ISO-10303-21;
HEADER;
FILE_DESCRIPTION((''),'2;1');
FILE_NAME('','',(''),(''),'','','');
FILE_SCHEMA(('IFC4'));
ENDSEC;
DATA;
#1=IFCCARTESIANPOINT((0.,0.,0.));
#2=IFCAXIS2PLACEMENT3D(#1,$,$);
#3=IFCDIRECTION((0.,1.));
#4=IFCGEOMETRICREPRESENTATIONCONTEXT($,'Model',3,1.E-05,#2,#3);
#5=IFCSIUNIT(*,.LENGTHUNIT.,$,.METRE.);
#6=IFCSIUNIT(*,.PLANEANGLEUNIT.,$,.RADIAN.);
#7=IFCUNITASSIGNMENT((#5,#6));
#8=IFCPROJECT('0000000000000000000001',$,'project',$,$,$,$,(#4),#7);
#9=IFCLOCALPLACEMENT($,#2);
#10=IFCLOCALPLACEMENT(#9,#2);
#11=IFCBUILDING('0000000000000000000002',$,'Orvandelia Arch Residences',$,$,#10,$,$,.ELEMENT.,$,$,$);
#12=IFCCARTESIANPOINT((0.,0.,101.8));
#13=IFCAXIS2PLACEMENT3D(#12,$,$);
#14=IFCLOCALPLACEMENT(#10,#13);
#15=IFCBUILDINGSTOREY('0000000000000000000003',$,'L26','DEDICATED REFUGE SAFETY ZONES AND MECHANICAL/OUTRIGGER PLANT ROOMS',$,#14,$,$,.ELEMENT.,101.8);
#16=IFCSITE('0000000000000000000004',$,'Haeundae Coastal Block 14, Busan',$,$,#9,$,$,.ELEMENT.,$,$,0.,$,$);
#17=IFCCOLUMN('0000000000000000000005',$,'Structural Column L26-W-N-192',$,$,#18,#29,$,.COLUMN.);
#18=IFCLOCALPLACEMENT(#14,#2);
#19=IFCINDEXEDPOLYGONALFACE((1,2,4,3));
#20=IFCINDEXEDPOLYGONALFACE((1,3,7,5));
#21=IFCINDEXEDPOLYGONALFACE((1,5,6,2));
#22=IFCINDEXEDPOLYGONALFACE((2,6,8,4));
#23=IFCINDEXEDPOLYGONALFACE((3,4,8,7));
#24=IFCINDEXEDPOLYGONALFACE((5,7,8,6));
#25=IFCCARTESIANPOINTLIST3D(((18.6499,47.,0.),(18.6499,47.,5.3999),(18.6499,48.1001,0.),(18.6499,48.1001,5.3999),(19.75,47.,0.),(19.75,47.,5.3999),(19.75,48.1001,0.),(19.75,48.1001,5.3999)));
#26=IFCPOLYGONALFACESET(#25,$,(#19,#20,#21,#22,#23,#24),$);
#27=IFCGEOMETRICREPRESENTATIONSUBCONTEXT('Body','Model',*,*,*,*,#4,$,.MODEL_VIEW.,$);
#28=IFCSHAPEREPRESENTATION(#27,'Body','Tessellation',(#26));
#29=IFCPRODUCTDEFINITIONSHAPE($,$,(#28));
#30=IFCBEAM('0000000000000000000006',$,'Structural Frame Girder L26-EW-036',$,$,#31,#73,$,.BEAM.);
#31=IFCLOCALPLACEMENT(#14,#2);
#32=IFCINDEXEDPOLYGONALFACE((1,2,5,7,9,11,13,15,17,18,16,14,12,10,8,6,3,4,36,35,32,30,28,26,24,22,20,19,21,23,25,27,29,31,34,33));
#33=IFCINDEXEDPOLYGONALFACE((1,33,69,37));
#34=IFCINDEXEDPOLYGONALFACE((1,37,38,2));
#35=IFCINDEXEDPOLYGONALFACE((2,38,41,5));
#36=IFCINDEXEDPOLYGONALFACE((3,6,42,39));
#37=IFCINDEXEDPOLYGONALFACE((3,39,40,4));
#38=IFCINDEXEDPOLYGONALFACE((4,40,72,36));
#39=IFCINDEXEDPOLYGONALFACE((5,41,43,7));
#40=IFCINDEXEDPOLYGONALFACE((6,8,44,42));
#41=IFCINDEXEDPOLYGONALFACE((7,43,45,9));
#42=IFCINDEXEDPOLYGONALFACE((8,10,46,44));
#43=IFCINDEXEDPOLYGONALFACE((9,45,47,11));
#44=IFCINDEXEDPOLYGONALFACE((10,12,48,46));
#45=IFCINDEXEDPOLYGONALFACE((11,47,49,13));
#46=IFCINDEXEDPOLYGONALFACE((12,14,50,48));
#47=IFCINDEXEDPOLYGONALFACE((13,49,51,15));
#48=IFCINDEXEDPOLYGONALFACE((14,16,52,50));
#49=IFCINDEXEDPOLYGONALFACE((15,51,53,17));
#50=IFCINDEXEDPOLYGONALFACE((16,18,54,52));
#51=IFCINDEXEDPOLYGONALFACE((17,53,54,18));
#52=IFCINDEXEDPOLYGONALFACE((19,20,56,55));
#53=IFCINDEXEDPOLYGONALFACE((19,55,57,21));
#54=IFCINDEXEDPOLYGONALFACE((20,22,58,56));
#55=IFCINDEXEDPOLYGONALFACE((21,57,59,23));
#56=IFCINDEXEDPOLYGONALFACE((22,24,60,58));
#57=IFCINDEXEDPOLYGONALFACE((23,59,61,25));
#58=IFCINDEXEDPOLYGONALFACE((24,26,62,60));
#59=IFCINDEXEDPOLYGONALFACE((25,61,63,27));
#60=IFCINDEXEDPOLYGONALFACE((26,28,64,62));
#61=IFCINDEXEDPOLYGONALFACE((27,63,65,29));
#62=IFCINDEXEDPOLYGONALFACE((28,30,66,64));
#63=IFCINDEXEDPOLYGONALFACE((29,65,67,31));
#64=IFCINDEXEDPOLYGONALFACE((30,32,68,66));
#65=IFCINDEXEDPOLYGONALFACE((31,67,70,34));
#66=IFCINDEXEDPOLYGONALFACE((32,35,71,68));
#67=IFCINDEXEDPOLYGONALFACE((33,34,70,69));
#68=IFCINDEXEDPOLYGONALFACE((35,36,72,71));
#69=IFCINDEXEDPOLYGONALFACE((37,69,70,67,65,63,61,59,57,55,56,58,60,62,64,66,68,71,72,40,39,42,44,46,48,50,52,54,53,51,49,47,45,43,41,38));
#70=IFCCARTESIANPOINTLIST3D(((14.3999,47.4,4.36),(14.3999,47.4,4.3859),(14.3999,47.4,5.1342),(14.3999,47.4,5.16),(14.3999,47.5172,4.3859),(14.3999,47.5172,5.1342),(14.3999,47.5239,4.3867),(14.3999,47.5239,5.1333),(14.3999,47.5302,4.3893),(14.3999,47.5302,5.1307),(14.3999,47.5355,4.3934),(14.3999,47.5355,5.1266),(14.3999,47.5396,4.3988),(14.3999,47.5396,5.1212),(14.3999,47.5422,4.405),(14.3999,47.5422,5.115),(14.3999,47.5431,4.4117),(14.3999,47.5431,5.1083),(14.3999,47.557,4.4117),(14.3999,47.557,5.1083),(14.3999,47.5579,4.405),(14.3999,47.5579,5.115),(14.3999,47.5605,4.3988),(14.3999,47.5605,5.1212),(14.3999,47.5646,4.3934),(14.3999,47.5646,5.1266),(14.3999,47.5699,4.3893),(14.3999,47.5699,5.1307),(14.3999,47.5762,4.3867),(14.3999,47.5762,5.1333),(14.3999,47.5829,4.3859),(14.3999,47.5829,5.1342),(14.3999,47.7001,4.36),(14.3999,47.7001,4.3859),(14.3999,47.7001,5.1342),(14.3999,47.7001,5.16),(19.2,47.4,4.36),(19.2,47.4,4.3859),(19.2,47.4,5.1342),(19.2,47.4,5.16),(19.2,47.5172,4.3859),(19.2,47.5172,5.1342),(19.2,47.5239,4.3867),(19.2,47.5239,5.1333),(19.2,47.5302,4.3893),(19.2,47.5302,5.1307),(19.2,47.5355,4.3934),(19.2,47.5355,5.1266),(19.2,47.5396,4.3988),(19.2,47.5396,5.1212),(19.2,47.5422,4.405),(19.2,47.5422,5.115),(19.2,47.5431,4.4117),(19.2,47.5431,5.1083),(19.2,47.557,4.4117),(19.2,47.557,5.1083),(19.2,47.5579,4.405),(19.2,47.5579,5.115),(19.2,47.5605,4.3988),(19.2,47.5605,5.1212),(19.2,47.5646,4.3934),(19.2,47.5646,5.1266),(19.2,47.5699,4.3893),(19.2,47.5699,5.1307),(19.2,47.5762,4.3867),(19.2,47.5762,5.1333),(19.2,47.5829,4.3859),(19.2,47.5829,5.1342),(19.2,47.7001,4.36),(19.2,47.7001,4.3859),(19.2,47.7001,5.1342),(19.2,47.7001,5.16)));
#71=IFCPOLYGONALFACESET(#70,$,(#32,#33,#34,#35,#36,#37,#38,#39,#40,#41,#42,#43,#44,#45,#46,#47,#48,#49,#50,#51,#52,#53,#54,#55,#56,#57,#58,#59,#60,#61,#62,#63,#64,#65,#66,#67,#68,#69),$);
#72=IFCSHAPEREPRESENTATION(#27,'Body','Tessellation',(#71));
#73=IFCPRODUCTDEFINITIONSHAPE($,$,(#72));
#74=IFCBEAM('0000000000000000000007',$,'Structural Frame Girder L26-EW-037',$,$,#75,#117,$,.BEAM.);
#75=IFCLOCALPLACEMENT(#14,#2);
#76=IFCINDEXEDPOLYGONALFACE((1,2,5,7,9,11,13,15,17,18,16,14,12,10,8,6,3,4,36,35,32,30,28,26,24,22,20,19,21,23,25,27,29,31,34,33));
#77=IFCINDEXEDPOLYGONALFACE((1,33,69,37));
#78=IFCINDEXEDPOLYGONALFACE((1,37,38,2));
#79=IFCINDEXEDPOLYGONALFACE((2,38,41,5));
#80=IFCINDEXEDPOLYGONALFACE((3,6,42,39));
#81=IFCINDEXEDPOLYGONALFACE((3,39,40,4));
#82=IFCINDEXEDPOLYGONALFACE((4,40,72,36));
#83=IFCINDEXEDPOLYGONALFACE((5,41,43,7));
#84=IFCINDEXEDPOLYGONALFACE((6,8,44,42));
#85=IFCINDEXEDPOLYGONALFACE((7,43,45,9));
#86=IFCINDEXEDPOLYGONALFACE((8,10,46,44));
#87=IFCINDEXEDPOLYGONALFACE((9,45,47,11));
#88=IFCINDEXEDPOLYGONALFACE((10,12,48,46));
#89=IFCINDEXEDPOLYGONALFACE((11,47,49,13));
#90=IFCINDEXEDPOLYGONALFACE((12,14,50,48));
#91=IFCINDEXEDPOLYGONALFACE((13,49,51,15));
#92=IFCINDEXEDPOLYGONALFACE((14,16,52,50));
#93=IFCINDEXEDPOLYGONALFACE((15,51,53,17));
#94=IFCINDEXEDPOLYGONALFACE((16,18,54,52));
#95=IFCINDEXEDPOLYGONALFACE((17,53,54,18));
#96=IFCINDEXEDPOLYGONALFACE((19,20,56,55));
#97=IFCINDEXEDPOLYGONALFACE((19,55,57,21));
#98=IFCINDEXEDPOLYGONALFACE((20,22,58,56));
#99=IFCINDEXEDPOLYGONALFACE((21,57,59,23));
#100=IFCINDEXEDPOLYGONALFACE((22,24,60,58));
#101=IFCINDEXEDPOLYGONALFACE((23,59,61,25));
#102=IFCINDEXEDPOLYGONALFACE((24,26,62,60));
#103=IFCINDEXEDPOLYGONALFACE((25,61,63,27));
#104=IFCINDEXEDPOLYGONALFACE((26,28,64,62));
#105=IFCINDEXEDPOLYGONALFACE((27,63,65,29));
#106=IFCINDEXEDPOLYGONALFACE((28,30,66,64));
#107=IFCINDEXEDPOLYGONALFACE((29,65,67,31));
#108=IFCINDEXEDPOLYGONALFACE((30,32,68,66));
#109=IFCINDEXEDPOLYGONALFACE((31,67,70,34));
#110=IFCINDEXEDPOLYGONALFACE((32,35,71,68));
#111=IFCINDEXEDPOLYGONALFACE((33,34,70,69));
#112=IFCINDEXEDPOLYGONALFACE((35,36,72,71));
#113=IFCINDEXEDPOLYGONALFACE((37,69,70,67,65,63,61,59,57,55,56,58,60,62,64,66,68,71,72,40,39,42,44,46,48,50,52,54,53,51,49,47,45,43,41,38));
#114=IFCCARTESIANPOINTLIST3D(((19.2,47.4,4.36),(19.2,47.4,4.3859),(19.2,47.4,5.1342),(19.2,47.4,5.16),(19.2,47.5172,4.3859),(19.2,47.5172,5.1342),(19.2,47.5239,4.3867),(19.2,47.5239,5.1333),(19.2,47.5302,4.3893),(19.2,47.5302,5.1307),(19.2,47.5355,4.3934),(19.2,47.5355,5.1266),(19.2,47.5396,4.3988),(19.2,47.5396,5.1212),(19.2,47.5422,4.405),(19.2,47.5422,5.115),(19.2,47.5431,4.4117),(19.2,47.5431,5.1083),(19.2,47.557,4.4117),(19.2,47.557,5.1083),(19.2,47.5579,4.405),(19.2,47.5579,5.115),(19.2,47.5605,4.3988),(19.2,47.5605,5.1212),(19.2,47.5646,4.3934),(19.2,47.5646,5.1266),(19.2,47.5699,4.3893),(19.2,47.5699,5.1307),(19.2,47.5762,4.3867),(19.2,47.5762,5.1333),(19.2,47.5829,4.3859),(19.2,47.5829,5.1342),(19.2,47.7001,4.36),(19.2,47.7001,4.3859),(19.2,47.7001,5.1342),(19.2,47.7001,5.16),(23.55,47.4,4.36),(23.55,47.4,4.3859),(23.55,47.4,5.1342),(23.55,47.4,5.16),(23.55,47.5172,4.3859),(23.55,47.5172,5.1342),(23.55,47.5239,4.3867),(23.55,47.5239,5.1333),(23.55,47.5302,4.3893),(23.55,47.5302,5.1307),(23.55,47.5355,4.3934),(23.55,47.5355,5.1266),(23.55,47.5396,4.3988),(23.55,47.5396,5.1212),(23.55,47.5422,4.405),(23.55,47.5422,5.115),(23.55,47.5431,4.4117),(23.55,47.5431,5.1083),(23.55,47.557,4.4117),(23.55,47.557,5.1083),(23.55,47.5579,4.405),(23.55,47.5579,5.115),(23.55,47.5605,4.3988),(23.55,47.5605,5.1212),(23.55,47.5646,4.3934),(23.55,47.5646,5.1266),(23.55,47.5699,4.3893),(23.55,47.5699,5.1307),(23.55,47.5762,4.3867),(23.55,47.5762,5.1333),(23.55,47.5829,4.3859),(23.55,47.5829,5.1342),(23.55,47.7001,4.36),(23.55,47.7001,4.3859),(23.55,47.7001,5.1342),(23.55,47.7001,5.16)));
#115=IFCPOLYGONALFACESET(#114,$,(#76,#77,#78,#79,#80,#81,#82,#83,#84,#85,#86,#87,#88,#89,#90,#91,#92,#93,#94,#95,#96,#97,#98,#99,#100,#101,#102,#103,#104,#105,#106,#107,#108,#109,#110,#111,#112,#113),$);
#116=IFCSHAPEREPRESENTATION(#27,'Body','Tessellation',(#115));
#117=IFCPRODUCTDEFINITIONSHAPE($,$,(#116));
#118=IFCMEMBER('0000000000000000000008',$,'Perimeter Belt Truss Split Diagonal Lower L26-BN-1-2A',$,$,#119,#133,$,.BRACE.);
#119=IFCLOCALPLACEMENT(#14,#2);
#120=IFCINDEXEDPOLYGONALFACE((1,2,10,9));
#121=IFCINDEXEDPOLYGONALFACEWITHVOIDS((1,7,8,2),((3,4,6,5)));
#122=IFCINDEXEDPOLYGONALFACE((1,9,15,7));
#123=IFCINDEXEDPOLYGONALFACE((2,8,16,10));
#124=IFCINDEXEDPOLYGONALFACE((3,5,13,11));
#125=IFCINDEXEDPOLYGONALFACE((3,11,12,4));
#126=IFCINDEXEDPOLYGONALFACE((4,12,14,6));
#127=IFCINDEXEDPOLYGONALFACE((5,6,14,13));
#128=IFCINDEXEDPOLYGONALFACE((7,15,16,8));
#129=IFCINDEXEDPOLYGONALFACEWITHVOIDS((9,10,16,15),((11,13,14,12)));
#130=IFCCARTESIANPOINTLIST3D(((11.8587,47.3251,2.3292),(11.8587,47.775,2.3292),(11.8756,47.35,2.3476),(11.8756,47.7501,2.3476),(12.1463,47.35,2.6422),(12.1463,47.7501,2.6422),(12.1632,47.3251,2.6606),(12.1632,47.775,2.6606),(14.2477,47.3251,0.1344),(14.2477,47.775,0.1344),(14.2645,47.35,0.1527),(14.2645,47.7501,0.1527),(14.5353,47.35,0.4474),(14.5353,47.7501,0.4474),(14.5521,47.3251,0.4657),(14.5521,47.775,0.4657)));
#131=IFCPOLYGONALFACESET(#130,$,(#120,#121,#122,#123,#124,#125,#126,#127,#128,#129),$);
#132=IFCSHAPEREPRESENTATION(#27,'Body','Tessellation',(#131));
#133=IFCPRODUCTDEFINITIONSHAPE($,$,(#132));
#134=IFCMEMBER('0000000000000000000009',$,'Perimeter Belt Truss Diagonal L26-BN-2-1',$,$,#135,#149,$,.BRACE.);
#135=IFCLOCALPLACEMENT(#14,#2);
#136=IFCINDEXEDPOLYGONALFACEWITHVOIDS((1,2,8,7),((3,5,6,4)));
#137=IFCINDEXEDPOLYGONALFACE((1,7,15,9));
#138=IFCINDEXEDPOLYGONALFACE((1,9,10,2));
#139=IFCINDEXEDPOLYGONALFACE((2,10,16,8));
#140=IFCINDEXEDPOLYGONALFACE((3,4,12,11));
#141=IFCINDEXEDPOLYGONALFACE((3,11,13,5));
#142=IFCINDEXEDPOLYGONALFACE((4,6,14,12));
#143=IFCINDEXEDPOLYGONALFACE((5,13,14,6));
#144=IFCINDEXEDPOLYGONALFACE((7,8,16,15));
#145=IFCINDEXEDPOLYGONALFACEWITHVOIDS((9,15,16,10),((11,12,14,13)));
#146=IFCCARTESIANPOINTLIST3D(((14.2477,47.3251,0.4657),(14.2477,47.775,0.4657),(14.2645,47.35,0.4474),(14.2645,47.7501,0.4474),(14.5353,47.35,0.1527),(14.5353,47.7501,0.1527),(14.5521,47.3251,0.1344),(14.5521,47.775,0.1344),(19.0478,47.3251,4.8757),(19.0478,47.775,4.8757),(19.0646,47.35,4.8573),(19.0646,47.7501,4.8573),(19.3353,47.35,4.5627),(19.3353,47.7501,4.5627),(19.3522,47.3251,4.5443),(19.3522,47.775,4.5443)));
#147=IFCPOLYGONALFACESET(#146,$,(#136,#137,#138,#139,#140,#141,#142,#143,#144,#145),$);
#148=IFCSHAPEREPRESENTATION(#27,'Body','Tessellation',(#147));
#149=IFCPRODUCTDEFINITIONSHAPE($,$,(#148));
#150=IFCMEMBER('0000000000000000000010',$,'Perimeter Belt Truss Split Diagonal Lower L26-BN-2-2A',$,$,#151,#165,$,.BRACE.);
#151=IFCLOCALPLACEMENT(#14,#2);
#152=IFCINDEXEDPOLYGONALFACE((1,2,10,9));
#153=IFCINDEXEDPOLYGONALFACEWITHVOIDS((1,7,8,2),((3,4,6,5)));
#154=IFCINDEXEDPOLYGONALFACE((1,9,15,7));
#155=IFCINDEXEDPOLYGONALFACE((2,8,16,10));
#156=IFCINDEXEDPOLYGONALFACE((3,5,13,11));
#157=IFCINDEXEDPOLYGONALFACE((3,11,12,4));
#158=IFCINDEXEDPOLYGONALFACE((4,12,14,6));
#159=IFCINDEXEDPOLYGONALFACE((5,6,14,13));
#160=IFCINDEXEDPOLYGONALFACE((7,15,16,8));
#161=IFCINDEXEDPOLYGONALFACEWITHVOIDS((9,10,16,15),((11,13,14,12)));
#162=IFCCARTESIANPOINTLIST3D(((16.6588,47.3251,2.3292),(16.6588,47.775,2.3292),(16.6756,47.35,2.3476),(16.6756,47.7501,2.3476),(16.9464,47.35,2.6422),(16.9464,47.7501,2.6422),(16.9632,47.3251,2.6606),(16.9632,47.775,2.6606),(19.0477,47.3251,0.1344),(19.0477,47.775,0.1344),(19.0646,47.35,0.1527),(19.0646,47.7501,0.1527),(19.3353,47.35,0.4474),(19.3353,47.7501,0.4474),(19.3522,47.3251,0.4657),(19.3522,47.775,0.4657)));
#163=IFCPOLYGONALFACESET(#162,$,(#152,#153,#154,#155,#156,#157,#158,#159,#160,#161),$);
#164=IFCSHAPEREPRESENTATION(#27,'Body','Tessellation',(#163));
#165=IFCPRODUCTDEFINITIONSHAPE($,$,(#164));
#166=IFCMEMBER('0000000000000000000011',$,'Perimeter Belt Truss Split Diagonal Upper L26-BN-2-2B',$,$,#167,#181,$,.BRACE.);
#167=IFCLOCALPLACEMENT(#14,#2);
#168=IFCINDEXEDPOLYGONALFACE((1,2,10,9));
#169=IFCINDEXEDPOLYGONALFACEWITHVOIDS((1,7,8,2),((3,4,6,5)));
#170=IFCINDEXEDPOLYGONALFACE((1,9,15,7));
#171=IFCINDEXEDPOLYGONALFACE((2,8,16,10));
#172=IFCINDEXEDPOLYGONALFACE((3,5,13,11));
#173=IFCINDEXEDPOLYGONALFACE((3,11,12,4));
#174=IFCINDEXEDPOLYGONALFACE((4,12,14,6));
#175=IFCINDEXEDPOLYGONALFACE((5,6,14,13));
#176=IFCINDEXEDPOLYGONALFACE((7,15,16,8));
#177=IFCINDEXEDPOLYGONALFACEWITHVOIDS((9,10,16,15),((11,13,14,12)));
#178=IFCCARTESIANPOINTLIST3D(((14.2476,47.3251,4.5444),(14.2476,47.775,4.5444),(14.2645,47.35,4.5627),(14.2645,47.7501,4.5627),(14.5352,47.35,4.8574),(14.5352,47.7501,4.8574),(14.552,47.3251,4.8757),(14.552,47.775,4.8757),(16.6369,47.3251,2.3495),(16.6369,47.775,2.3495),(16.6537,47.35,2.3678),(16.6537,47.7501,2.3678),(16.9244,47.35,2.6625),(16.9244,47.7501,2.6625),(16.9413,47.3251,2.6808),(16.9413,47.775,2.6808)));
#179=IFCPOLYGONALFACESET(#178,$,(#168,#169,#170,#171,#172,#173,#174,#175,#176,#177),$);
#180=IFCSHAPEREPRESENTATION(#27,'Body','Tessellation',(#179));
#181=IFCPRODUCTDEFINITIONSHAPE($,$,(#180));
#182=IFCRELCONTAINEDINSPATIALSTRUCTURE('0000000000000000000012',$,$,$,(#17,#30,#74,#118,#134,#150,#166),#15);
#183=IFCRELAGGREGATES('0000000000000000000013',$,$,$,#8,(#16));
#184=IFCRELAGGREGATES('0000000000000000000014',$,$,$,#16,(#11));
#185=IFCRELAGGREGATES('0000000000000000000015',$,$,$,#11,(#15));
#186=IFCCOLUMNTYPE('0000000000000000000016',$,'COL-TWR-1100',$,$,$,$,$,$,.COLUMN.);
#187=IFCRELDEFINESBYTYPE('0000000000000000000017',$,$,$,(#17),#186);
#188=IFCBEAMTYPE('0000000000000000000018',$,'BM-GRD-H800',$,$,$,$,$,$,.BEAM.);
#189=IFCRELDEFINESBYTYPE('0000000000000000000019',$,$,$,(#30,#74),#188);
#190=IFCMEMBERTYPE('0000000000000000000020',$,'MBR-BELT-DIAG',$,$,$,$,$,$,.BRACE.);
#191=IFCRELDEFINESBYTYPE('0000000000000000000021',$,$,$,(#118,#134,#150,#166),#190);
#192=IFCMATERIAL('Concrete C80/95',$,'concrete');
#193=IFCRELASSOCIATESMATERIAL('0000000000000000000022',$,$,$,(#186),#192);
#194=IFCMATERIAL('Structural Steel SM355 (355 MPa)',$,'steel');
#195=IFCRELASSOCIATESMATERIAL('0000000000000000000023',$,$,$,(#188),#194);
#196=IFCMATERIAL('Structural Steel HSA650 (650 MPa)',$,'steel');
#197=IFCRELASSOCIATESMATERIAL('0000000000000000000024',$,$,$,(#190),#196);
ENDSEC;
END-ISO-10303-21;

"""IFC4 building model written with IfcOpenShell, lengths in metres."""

from ifc_helpers import new_model, si_unit, direction, frame, origin, origin_2d, place, context, subcontext, project, spatial, rectangle, hollow_rectangle, i_section, extrude, material, material_profile, profile_set, type_object, element, save


model = new_model("IFC4")

# Units and contexts
model_context = context("Model", 3, precision=1e-05, world=origin(), true_north=direction((0.0, 1.0)))
body_context = subcontext(model_context, "Body", "Model", "MODEL_VIEW")
ifc_project = project(units=[si_unit("LENGTHUNIT", "METRE"), si_unit("PLANEANGLEUNIT", "RADIAN")], contexts=[model_context])

# Site, building, storey
site_placement = place(None, origin())
site = spatial("IfcSite", under=ifc_project, at=site_placement, Name="Haeundae Coastal Block 14, Busan", CompositionType="ELEMENT", RefElevation=0.0)
building_placement = place(site_placement, origin())
building = spatial("IfcBuilding", under=site, at=building_placement, Name="Orvandelia Arch Residences", CompositionType="ELEMENT")
storey_placement = place(building_placement, frame((0.0, 0.0, 101.8)))
storey = spatial("IfcBuildingStorey", under=building, at=storey_placement, Name="L26", Description="DEDICATED REFUGE SAFETY ZONES AND MECHANICAL/OUTRIGGER PLANT ROOMS", CompositionType="ELEMENT", Elevation=101.8)

# Column
ifc_material_1 = material(Name="Concrete C80/95", Category="concrete")
ifc_material_profile_1 = material_profile(ifc_material_1, rectangle(XDim=1.1001, YDim=1.1001, at=origin_2d()), Name="Concrete C80/95", Category="concrete")
ifc_profile_set_1 = profile_set([ifc_material_profile_1], Name="Concrete C80/95")
column_type = type_object("IfcColumnType", Name="COL-TWR-1100", PredefinedType="COLUMN", material=ifc_profile_set_1)
column_placement = place(storey_placement, frame((19.2, 47.55, 0.0), z_axis=(0.0, 0.0, 1.0), x_axis=(1.0, 0.0, 0.0)))
element("IfcColumn", 1, at=column_placement, inside=storey, type_object=column_type, Name="Structural Column L26-W-N-192", PredefinedType="COLUMN", context=body_context, shape_type="SweptSolid", body=[
    extrude(rectangle(XDim=1.1001, YDim=1.1001, at=origin_2d()), origin(), (0.0, 0.0, 1.0), 5.3999),
])

# Beams
ifc_material_2 = material(Name="Structural Steel SM355 (355 MPa)", Category="steel")
ifc_material_profile_2 = material_profile(ifc_material_2, i_section(OverallWidth=0.3, OverallDepth=0.8, WebThickness=0.0139, FlangeThickness=0.0259, FilletRadius=0.0259, at=origin_2d()), Name="Structural Steel SM355 (355 MPa)", Category="steel")
ifc_profile_set_2 = profile_set([ifc_material_profile_2], Name="Structural Steel SM355 (355 MPa)")
beam_type = type_object("IfcBeamType", Name="BM-GRD-H800", PredefinedType="BEAM", material=ifc_profile_set_2)
beam_1_placement = place(storey_placement, frame((14.3999, 47.55, 4.76), z_axis=(1.0, 0.0, 0.0), x_axis=(0.0, 1.0, 0.0)))
element("IfcBeam", 2, at=beam_1_placement, inside=storey, type_object=beam_type, Name="Structural Frame Girder L26-EW-036", PredefinedType="BEAM", context=body_context, shape_type="SweptSolid", body=[
    extrude(i_section(OverallWidth=0.3, OverallDepth=0.8, WebThickness=0.0139, FlangeThickness=0.0259, FilletRadius=0.0259, at=origin_2d()), origin(), (0.0, 0.0, 1.0), 4.8),
])
beam_2_placement = place(storey_placement, frame((19.2, 47.55, 4.76), z_axis=(1.0, 0.0, 0.0), x_axis=(0.0, 1.0, 0.0)))
element("IfcBeam", 3, at=beam_2_placement, inside=storey, type_object=beam_type, Name="Structural Frame Girder L26-EW-037", PredefinedType="BEAM", context=body_context, shape_type="SweptSolid", body=[
    extrude(i_section(OverallWidth=0.3, OverallDepth=0.8, WebThickness=0.0139, FlangeThickness=0.0259, FilletRadius=0.0259, at=origin_2d()), origin(), (0.0, 0.0, 1.0), 4.3501),
])

# Members
ifc_material_3 = material(Name="Structural Steel HSA650 (650 MPa)", Category="steel")
ifc_material_profile_3 = material_profile(ifc_material_3, hollow_rectangle(XDim=0.45, YDim=0.45, WallThickness=0.0249, at=origin_2d()), Name="Structural Steel HSA650 (650 MPa)", Category="steel")
ifc_profile_set_3 = profile_set([ifc_material_profile_3], Name="Structural Steel HSA650 (650 MPa)")
member_type = type_object("IfcMemberType", Name="MBR-BELT-DIAG", PredefinedType="BRACE", material=ifc_profile_set_3)
member_1_placement = place(storey_placement, frame((14.3999, 47.55, 0.3), z_axis=(-0.736388, 0.0, 0.676559), x_axis=(0.0, -1.0, 0.0)))
element("IfcMember", 4, at=member_1_placement, inside=storey, type_object=member_type, Name="Perimeter Belt Truss Split Diagonal Lower L26-BN-1-2A", PredefinedType="BRACE", context=body_context, shape_type="SweptSolid", body=[
    extrude(hollow_rectangle(XDim=0.45, YDim=0.45, WallThickness=0.0249, at=origin_2d()), origin(), (0.0, 0.0, 1.0), 3.2441),
])
member_2_placement = place(storey_placement, frame((14.3999, 47.55, 0.3), z_axis=(0.7364, 0.0, 0.676547), x_axis=(0.0, 1.0, 0.0)))
element("IfcMember", 5, at=member_2_placement, inside=storey, type_object=member_type, Name="Perimeter Belt Truss Diagonal L26-BN-2-1", PredefinedType="BRACE", context=body_context, shape_type="SweptSolid", body=[
    extrude(hollow_rectangle(XDim=0.45, YDim=0.45, WallThickness=0.0249, at=origin_2d()), origin(), (0.0, 0.0, 1.0), 6.5183),
])
member_3_placement = place(storey_placement, frame((19.2, 47.55, 0.3), z_axis=(-0.736388, 0.0, 0.676559), x_axis=(0.0, -1.0, 0.0)))
element("IfcMember", 6, at=member_3_placement, inside=storey, type_object=member_type, Name="Perimeter Belt Truss Split Diagonal Lower L26-BN-2-2A", PredefinedType="BRACE", context=body_context, shape_type="SweptSolid", body=[
    extrude(hollow_rectangle(XDim=0.45, YDim=0.45, WallThickness=0.0249, at=origin_2d()), origin(), (0.0, 0.0, 1.0), 3.2441),
])
member_4_placement = place(storey_placement, frame((16.7891, 47.55, 2.5151), z_axis=(-0.736423, 0.0, 0.676522), x_axis=(0.0, -1.0, 0.0)))
element("IfcMember", 7, at=member_4_placement, inside=storey, type_object=member_type, Name="Perimeter Belt Truss Split Diagonal Upper L26-BN-2-2B", PredefinedType="BRACE", context=body_context, shape_type="SweptSolid", body=[
    extrude(hollow_rectangle(XDim=0.45, YDim=0.45, WallThickness=0.0249, at=origin_2d()), origin(), (0.0, 0.0, 1.0), 3.2444),
])

save(model, "model.ifc")
